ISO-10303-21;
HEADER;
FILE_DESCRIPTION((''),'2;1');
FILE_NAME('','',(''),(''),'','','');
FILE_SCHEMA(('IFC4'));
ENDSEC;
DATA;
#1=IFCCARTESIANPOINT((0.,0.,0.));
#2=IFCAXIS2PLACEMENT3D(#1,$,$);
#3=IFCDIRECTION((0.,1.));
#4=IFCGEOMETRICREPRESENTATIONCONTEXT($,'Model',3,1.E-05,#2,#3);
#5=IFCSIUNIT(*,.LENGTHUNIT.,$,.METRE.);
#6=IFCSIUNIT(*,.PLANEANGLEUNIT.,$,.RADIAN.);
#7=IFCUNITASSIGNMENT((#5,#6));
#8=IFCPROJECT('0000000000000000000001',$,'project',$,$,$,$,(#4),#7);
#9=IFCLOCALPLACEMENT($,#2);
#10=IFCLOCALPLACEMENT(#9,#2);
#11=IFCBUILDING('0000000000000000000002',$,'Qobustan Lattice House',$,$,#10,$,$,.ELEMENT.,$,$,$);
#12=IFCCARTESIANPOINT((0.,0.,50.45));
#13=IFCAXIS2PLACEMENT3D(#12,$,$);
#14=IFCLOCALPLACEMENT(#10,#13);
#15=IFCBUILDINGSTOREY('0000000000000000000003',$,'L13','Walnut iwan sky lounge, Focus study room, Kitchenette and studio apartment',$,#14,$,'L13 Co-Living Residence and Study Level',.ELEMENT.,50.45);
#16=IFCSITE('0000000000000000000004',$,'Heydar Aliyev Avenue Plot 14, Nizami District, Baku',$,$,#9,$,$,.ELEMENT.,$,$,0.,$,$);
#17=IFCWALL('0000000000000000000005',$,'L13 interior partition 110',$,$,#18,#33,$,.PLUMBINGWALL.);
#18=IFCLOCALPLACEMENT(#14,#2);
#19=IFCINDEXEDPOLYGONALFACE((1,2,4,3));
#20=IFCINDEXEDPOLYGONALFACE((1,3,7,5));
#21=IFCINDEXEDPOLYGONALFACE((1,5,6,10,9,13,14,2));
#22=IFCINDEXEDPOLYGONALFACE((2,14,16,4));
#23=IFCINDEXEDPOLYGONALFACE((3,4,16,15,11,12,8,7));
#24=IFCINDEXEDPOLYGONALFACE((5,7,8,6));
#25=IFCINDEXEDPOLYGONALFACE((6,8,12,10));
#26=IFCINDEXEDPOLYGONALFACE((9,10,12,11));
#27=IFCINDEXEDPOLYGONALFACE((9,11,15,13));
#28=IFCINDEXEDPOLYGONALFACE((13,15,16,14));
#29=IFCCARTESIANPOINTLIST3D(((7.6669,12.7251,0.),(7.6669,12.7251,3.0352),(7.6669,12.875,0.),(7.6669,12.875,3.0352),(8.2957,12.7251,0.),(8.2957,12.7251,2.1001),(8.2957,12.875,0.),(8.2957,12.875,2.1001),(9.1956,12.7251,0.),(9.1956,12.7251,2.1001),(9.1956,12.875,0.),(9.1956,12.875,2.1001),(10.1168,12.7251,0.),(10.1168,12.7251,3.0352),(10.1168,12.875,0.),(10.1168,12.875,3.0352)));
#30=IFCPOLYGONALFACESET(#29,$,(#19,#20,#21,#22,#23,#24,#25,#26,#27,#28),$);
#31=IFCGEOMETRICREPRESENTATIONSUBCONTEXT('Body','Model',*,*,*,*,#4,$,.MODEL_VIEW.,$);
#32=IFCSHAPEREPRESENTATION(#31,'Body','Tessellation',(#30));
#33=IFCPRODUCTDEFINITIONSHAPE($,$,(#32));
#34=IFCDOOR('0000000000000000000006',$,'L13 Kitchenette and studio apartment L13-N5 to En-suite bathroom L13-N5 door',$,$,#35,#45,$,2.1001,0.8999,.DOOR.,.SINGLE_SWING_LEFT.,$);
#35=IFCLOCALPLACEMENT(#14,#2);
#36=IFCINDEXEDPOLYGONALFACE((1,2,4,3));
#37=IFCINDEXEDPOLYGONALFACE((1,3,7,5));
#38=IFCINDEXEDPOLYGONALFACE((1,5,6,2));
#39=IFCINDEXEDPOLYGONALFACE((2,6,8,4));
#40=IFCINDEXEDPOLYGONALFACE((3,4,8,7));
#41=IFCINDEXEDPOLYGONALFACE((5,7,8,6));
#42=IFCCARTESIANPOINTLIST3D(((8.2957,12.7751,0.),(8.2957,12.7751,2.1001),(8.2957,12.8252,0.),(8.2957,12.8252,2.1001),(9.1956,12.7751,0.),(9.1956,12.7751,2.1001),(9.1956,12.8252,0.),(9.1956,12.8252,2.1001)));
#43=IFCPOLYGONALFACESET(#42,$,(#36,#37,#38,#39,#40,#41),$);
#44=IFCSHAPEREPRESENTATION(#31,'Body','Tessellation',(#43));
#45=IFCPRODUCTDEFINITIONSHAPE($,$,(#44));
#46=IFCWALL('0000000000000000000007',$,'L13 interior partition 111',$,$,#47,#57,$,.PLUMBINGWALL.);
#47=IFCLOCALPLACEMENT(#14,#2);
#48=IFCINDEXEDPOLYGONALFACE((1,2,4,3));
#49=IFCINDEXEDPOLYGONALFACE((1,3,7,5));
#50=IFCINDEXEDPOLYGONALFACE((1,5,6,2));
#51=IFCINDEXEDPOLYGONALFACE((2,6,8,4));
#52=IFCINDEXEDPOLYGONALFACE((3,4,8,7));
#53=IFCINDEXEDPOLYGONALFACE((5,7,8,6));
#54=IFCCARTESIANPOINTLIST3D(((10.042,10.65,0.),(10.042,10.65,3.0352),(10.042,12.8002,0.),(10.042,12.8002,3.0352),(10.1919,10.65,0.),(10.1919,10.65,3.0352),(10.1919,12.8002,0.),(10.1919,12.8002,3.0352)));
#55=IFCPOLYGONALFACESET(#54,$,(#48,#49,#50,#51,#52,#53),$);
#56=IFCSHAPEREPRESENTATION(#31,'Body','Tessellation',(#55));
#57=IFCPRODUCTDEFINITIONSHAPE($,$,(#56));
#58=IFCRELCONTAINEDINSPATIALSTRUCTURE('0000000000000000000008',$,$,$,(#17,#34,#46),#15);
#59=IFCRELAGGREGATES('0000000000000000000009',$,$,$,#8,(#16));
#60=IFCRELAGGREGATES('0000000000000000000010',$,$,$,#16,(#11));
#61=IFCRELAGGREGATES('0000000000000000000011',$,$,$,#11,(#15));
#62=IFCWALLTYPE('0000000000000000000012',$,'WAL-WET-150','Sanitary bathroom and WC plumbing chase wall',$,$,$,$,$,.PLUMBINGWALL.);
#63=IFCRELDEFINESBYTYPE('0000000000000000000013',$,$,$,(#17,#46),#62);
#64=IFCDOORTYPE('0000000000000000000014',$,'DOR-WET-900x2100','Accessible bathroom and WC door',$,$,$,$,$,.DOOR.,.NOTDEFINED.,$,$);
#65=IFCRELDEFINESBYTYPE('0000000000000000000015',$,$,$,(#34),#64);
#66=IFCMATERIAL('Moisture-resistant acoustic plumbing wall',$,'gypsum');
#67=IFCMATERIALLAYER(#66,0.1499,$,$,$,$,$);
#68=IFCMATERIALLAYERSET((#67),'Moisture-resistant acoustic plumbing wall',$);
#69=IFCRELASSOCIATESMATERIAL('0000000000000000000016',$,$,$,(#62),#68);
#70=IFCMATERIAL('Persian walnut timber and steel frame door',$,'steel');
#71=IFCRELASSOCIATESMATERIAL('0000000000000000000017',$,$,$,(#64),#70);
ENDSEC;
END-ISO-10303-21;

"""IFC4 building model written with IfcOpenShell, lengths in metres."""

from ifc_helpers import new_model, si_unit, direction, frame, frame_2d, origin, place, context, subcontext, project, spatial, rectangle, extrude, material, layer, layer_set, type_object, element, fill, save


model = new_model("IFC4")

# Units and contexts
model_context = context("Model", 3, precision=1e-05, world=origin(), true_north=direction((0.0, 1.0)))
body_context = subcontext(model_context, "Body", "Model", "MODEL_VIEW")
ifc_project = project(units=[si_unit("LENGTHUNIT", "METRE"), si_unit("PLANEANGLEUNIT", "RADIAN")], contexts=[model_context])

# Site, building, storey
site_placement = place(None, origin())
site = spatial("IfcSite", under=ifc_project, at=site_placement, Name="Heydar Aliyev Avenue Plot 14, Nizami District, Baku", CompositionType="ELEMENT", RefElevation=0.0)
building_placement = place(site_placement, origin())
building = spatial("IfcBuilding", under=site, at=building_placement, Name="Qobustan Lattice House", CompositionType="ELEMENT")
storey_placement = place(building_placement, frame((0.0, 0.0, 50.45)))
storey = spatial("IfcBuildingStorey", under=building, at=storey_placement, Name="L13", Description="Walnut iwan sky lounge, Focus study room, Kitchenette and studio apartment", LongName="L13 Co-Living Residence and Study Level", CompositionType="ELEMENT", Elevation=50.45)

# Shared definitions
ifc_material_1 = material(Name="Moisture-resistant acoustic plumbing wall", Category="gypsum")
ifc_layer_1 = layer(ifc_material_1, 0.1499)
ifc_layer_set_1 = layer_set([ifc_layer_1], Name="Moisture-resistant acoustic plumbing wall")
wall_type_1 = type_object("IfcWallType", Name="WAL-WET-150", Description="Sanitary bathroom and WC plumbing chase wall", PredefinedType="PLUMBINGWALL", material=ifc_layer_set_1)

# Shared definitions
ifc_material_2 = material(Name="Persian walnut timber and steel frame door", Category="steel")
door_type_1 = type_object("IfcDoorType", Name="DOR-WET-900x2100", Description="Accessible bathroom and WC door", OperationType="NOTDEFINED", PredefinedType="DOOR", material=ifc_material_2)

# Wall, opening, door
wall_1_placement = place(storey_placement, frame((10.1169, 12.8, 0.0), z_axis=(0.0, 0.0, 1.0), x_axis=(-1.0, 0.0, 0.0)))
wall_1 = element("IfcWall", 1, at=wall_1_placement, inside=storey, type_object=wall_type_1, Name="L13 interior partition 110", PredefinedType="PLUMBINGWALL", context=body_context, shape_type="SweptSolid", body=[
    extrude(rectangle(XDim=2.45, YDim=0.1499, at=frame_2d((1.2251, 0.0))), origin(), (0.0, 0.0, 1.0), 3.0352),
])
opening_1_placement = place(wall_1_placement, frame((0.9214, 0.0, 0.0)))
opening_1 = element("IfcOpeningElement", 2, at=opening_1_placement, cuts=wall_1, PredefinedType="OPENING", context=body_context, shape_type="SweptSolid", body=[
    extrude(rectangle(XDim=0.8999, YDim=2.1001, at=frame_2d((0.45, 1.05))), frame((0.0, 0.085, 0.0), z_axis=(0.0, -1.0, 0.0), x_axis=(1.0, 0.0, 0.0)), (0.0, 0.0, 1.0), 0.1699),
])
door_1_placement = place(opening_1_placement, origin())
door_1 = element("IfcDoor", 3, at=door_1_placement, inside=storey, type_object=door_type_1, Name="L13 Kitchenette and studio apartment L13-N5 to En-suite bathroom L13-N5 door", OperationType="SINGLE_SWING_LEFT", OverallHeight=2.1001, OverallWidth=0.8999, PredefinedType="DOOR", context=body_context, shape_type="SweptSolid", body=[
    extrude(rectangle(XDim=0.8999, YDim=2.1001, at=frame_2d((0.45, 1.05))), frame((0.0, 0.0249, 0.0), z_axis=(0.0, -1.0, 0.0), x_axis=(1.0, 0.0, 0.0)), (0.0, 0.0, 1.0), 0.05),
])
fill(opening_1, door_1)

# Wall
wall_2_placement = place(storey_placement, frame((10.1169, 10.6499, 0.0), z_axis=(0.0, 0.0, 1.0), x_axis=(0.0, 1.0, 0.0)))
element("IfcWall", 4, at=wall_2_placement, inside=storey, type_object=wall_type_1, Name="L13 interior partition 111", PredefinedType="PLUMBINGWALL", context=body_context, shape_type="SweptSolid", body=[
    extrude(rectangle(XDim=2.1501, YDim=0.1499, at=frame_2d((1.0752, 0.0))), origin(), (0.0, 0.0, 1.0), 3.0352),
])

save(model, "model.ifc")
